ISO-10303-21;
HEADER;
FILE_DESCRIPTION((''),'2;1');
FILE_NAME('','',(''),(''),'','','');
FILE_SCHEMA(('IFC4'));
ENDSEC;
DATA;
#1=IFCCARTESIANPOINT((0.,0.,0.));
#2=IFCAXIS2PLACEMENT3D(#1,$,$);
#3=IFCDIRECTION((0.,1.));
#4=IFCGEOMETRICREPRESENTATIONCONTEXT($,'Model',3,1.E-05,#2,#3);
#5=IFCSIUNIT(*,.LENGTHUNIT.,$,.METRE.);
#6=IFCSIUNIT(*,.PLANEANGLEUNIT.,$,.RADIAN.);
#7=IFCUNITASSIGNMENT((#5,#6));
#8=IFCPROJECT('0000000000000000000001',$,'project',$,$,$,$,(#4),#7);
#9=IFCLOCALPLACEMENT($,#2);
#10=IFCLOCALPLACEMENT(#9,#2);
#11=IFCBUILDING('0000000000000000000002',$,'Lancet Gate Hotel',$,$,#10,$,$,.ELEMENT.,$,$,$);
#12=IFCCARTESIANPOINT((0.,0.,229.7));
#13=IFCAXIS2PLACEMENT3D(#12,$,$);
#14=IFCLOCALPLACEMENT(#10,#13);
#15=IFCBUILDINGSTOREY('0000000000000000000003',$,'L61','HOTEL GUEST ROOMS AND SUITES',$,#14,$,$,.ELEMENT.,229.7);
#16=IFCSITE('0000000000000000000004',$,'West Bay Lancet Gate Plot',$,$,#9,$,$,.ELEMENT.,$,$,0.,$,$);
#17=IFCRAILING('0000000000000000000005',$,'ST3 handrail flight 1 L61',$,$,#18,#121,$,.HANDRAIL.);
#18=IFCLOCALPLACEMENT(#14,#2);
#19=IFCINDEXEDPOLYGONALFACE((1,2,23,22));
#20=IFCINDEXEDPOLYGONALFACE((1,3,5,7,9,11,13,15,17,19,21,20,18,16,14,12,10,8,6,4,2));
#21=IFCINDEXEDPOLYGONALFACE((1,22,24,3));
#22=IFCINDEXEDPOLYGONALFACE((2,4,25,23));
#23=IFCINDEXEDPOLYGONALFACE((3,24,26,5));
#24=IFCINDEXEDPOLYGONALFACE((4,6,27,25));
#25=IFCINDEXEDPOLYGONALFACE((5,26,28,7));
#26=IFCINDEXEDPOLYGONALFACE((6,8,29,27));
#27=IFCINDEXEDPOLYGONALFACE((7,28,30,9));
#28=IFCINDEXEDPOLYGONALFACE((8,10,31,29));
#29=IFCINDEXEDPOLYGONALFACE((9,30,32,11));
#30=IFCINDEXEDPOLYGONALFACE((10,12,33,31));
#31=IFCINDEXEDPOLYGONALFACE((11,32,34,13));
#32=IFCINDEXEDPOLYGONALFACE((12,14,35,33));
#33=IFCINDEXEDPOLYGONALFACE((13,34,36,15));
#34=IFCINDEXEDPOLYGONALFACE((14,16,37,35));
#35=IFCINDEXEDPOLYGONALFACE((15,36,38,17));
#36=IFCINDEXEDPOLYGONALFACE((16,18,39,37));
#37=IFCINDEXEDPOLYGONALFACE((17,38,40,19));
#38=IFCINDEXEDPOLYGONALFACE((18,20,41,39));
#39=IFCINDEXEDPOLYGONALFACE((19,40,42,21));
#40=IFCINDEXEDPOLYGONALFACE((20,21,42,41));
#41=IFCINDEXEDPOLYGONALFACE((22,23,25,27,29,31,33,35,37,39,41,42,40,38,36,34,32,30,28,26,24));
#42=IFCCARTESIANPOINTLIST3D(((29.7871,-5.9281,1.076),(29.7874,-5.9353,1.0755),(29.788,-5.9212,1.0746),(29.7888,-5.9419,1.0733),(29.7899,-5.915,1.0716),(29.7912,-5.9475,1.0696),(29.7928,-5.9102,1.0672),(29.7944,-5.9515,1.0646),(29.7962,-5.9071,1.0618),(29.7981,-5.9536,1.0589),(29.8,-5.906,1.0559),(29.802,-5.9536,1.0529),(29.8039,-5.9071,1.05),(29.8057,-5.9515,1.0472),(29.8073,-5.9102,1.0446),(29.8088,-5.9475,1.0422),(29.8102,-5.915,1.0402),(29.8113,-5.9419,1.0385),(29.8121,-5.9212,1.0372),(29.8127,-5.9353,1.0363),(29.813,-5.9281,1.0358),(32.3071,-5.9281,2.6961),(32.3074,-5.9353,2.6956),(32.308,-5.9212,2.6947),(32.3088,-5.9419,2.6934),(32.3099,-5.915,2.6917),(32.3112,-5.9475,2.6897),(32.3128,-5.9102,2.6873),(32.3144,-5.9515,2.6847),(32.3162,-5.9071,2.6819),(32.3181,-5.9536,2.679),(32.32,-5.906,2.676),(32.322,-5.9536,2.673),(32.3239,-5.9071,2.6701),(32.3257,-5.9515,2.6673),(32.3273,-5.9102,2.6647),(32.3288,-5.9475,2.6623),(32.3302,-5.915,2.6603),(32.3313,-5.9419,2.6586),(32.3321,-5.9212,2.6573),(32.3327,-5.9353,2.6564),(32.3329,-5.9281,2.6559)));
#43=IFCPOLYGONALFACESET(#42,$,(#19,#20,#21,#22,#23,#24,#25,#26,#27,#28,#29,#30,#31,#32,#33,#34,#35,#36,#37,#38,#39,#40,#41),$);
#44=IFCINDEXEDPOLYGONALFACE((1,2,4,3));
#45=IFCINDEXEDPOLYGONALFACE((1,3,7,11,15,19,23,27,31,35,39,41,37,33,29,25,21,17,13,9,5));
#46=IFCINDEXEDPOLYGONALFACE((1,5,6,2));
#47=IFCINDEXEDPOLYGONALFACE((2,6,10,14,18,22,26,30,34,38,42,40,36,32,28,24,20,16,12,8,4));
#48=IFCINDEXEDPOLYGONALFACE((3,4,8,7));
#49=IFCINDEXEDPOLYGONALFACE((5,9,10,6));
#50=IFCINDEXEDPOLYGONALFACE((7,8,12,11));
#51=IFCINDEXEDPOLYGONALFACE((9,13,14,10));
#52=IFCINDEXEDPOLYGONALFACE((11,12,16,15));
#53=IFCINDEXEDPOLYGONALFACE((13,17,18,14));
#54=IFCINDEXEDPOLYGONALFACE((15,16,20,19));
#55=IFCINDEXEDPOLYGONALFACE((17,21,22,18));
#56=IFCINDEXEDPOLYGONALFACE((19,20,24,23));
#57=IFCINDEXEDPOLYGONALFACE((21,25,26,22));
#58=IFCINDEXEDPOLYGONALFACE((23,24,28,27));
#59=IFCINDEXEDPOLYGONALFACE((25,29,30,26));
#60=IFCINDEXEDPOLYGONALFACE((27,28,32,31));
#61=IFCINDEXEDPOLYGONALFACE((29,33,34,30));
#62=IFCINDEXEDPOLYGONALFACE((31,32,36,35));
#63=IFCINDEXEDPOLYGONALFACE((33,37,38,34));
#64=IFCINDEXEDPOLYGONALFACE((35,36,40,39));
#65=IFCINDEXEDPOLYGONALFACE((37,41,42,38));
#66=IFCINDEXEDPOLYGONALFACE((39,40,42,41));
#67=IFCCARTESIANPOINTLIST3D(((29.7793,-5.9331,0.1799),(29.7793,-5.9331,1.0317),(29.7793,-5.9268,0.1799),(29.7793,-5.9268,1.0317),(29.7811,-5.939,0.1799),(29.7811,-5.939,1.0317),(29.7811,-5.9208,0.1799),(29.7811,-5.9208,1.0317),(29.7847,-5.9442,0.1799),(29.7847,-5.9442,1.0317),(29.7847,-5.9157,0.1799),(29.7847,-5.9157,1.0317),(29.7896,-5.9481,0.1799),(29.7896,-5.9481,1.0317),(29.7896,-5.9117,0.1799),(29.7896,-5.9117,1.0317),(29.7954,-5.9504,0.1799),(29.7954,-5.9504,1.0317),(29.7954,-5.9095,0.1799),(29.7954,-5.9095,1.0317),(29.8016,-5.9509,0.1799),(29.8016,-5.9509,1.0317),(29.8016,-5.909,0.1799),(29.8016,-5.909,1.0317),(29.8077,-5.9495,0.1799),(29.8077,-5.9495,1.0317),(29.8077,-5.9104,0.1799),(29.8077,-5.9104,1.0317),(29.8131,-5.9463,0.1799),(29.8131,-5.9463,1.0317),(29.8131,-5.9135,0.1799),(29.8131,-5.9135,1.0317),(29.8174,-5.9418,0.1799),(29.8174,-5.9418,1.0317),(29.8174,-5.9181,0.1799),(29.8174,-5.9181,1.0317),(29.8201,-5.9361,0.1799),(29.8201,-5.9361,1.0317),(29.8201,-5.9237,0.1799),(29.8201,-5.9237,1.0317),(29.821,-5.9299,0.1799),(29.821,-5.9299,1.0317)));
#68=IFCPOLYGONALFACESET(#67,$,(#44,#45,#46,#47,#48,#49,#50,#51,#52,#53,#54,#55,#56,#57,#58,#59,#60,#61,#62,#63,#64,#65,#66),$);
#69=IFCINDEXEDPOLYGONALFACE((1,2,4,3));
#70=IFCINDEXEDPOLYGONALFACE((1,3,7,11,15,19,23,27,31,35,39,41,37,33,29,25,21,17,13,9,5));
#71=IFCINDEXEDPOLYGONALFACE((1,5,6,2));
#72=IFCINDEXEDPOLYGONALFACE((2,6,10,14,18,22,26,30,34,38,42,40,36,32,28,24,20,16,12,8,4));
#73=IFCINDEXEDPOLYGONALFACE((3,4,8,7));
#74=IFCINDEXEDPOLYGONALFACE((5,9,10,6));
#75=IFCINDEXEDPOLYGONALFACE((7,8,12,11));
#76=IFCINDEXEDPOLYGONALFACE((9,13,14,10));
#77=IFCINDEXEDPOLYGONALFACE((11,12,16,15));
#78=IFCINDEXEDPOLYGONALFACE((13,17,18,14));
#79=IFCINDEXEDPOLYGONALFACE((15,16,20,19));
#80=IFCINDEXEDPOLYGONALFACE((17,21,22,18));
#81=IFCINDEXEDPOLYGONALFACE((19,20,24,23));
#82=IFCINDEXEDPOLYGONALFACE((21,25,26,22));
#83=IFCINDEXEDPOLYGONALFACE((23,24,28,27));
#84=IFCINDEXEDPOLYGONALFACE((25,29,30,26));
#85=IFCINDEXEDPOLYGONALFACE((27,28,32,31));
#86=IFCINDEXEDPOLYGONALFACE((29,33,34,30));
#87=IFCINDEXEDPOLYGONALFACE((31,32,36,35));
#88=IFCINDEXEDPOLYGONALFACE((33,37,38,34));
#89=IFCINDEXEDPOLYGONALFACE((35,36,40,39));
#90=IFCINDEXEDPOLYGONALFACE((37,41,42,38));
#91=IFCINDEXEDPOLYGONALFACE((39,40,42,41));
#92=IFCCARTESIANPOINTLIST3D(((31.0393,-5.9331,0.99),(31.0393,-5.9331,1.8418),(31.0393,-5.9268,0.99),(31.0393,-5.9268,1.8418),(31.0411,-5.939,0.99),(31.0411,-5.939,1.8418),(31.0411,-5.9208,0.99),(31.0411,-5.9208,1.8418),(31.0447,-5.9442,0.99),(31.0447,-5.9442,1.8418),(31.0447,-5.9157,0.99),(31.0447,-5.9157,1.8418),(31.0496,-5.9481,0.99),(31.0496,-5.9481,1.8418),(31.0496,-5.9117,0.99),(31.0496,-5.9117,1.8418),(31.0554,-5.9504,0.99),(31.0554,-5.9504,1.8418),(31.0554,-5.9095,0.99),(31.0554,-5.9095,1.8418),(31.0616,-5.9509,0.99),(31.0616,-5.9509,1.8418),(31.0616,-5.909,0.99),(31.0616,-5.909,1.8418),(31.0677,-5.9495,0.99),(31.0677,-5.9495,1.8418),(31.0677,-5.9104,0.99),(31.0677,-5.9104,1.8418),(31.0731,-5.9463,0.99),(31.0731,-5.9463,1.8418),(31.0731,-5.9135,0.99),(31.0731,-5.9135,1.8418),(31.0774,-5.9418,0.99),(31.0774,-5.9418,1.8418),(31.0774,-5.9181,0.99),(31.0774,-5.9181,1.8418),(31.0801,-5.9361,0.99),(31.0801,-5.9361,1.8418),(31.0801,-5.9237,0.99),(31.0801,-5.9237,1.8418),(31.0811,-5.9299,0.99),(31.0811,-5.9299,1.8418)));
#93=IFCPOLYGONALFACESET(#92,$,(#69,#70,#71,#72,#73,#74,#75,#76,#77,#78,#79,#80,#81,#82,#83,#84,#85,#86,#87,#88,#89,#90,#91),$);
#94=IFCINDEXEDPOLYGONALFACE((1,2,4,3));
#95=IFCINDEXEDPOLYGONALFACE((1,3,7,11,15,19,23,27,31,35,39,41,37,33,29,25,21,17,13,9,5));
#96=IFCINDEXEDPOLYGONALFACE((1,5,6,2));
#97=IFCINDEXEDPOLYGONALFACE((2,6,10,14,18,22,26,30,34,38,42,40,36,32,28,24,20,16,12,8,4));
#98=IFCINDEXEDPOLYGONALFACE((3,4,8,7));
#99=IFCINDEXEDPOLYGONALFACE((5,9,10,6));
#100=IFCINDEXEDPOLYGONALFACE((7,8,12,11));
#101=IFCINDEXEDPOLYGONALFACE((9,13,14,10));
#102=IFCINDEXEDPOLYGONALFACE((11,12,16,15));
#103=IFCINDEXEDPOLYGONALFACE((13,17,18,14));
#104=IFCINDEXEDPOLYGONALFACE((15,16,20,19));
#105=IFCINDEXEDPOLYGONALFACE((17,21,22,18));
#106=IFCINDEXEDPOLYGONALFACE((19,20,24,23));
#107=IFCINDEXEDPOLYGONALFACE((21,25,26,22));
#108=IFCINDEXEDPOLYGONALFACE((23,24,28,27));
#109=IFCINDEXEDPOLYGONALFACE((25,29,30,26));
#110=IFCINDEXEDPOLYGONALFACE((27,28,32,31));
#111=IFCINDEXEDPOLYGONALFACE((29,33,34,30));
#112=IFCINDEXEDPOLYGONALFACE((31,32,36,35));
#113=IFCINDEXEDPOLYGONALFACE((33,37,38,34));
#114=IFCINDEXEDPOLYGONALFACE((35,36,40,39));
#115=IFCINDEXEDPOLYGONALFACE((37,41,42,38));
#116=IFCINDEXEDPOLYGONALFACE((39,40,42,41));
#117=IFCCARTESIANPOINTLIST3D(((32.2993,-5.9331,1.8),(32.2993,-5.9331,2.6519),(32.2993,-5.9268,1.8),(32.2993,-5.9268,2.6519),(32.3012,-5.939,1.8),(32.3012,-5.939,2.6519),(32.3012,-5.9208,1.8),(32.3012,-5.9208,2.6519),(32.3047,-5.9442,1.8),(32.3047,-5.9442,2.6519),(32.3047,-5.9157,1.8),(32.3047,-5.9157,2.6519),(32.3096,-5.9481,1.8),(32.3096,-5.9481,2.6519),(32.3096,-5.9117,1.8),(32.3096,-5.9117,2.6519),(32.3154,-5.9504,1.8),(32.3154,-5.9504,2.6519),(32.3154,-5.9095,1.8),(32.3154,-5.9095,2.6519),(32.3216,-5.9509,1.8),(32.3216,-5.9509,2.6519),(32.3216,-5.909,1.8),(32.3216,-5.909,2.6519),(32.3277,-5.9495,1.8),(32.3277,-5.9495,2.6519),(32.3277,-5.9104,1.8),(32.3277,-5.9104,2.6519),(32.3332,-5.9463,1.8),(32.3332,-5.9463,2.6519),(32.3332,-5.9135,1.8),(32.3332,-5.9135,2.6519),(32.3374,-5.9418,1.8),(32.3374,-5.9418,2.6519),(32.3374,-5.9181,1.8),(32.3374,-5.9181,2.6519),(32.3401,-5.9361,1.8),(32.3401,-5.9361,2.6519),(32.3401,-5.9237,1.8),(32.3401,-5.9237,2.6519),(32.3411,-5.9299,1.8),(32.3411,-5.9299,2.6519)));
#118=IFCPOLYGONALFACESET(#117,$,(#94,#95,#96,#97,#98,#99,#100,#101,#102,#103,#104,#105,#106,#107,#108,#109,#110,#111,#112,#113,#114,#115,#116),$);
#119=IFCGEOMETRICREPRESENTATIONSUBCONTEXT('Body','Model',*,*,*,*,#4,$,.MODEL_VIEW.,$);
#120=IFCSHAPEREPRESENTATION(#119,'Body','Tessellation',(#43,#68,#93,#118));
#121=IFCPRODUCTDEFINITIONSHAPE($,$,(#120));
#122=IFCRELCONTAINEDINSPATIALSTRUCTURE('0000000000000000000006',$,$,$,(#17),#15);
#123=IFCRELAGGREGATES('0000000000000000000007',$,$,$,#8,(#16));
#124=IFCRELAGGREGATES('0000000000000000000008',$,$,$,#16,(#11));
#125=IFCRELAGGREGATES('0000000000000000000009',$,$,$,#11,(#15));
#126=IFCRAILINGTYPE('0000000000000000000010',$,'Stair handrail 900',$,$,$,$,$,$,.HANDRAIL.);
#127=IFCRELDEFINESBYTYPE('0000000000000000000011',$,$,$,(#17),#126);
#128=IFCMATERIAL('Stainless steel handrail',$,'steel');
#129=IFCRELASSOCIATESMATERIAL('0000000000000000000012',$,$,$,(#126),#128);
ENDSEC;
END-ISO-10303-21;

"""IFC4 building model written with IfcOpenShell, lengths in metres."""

from ifc_helpers import new_model, si_unit, direction, frame, origin, origin_2d, place, context, subcontext, project, spatial, circle, extrude, material, type_object, element, save


model = new_model("IFC4")

# Units and contexts
model_context = context("Model", 3, precision=1e-05, world=origin(), true_north=direction((0.0, 1.0)))
body_context = subcontext(model_context, "Body", "Model", "MODEL_VIEW")
ifc_project = project(units=[si_unit("LENGTHUNIT", "METRE"), si_unit("PLANEANGLEUNIT", "RADIAN")], contexts=[model_context])

# Site, building, storey
site_placement = place(None, origin())
site = spatial("IfcSite", under=ifc_project, at=site_placement, Name="West Bay Lancet Gate Plot", CompositionType="ELEMENT", RefElevation=0.0)
building_placement = place(site_placement, origin())
building = spatial("IfcBuilding", under=site, at=building_placement, Name="Lancet Gate Hotel", CompositionType="ELEMENT")
storey_placement = place(building_placement, frame((0.0, 0.0, 229.7)))
storey = spatial("IfcBuildingStorey", under=building, at=storey_placement, Name="L61", Description="HOTEL GUEST ROOMS AND SUITES", CompositionType="ELEMENT", Elevation=229.7)

# Railing
ifc_material_1 = material(Name="Stainless steel handrail", Category="steel")
railing_type = type_object("IfcRailingType", Name="Stair handrail 900", PredefinedType="HANDRAIL", material=ifc_material_1)
railing_1_placement = place(storey_placement, frame((29.8, -5.9299, 0.1799)))
element("IfcRailing", 1, at=railing_1_placement, inside=storey, type_object=railing_type, Name="ST3 handrail flight 1 L61", PredefinedType="HANDRAIL", context=body_context, shape_type="SweptSolid", body=[
    extrude(circle(Radius=0.0239, at=origin_2d()), frame((0.0, 0.0, 0.876), z_axis=(0.841163, 0.0, 0.540782), x_axis=(0.0, 1.0, 0.0)), (0.0, 0.0, 1.0), 2.9958),
    extrude(circle(Radius=0.021, at=origin_2d()), origin(), (0.0, 0.0, 1.0), 0.8518),
    extrude(circle(Radius=0.021, at=origin_2d()), frame((1.26, 0.0, 0.8101)), (0.0, 0.0, 1.0), 0.8518),
    extrude(circle(Radius=0.021, at=origin_2d()), frame((2.52, 0.0, 1.6201)), (0.0, 0.0, 1.0), 0.8518),
])

save(model, "model.ifc")
